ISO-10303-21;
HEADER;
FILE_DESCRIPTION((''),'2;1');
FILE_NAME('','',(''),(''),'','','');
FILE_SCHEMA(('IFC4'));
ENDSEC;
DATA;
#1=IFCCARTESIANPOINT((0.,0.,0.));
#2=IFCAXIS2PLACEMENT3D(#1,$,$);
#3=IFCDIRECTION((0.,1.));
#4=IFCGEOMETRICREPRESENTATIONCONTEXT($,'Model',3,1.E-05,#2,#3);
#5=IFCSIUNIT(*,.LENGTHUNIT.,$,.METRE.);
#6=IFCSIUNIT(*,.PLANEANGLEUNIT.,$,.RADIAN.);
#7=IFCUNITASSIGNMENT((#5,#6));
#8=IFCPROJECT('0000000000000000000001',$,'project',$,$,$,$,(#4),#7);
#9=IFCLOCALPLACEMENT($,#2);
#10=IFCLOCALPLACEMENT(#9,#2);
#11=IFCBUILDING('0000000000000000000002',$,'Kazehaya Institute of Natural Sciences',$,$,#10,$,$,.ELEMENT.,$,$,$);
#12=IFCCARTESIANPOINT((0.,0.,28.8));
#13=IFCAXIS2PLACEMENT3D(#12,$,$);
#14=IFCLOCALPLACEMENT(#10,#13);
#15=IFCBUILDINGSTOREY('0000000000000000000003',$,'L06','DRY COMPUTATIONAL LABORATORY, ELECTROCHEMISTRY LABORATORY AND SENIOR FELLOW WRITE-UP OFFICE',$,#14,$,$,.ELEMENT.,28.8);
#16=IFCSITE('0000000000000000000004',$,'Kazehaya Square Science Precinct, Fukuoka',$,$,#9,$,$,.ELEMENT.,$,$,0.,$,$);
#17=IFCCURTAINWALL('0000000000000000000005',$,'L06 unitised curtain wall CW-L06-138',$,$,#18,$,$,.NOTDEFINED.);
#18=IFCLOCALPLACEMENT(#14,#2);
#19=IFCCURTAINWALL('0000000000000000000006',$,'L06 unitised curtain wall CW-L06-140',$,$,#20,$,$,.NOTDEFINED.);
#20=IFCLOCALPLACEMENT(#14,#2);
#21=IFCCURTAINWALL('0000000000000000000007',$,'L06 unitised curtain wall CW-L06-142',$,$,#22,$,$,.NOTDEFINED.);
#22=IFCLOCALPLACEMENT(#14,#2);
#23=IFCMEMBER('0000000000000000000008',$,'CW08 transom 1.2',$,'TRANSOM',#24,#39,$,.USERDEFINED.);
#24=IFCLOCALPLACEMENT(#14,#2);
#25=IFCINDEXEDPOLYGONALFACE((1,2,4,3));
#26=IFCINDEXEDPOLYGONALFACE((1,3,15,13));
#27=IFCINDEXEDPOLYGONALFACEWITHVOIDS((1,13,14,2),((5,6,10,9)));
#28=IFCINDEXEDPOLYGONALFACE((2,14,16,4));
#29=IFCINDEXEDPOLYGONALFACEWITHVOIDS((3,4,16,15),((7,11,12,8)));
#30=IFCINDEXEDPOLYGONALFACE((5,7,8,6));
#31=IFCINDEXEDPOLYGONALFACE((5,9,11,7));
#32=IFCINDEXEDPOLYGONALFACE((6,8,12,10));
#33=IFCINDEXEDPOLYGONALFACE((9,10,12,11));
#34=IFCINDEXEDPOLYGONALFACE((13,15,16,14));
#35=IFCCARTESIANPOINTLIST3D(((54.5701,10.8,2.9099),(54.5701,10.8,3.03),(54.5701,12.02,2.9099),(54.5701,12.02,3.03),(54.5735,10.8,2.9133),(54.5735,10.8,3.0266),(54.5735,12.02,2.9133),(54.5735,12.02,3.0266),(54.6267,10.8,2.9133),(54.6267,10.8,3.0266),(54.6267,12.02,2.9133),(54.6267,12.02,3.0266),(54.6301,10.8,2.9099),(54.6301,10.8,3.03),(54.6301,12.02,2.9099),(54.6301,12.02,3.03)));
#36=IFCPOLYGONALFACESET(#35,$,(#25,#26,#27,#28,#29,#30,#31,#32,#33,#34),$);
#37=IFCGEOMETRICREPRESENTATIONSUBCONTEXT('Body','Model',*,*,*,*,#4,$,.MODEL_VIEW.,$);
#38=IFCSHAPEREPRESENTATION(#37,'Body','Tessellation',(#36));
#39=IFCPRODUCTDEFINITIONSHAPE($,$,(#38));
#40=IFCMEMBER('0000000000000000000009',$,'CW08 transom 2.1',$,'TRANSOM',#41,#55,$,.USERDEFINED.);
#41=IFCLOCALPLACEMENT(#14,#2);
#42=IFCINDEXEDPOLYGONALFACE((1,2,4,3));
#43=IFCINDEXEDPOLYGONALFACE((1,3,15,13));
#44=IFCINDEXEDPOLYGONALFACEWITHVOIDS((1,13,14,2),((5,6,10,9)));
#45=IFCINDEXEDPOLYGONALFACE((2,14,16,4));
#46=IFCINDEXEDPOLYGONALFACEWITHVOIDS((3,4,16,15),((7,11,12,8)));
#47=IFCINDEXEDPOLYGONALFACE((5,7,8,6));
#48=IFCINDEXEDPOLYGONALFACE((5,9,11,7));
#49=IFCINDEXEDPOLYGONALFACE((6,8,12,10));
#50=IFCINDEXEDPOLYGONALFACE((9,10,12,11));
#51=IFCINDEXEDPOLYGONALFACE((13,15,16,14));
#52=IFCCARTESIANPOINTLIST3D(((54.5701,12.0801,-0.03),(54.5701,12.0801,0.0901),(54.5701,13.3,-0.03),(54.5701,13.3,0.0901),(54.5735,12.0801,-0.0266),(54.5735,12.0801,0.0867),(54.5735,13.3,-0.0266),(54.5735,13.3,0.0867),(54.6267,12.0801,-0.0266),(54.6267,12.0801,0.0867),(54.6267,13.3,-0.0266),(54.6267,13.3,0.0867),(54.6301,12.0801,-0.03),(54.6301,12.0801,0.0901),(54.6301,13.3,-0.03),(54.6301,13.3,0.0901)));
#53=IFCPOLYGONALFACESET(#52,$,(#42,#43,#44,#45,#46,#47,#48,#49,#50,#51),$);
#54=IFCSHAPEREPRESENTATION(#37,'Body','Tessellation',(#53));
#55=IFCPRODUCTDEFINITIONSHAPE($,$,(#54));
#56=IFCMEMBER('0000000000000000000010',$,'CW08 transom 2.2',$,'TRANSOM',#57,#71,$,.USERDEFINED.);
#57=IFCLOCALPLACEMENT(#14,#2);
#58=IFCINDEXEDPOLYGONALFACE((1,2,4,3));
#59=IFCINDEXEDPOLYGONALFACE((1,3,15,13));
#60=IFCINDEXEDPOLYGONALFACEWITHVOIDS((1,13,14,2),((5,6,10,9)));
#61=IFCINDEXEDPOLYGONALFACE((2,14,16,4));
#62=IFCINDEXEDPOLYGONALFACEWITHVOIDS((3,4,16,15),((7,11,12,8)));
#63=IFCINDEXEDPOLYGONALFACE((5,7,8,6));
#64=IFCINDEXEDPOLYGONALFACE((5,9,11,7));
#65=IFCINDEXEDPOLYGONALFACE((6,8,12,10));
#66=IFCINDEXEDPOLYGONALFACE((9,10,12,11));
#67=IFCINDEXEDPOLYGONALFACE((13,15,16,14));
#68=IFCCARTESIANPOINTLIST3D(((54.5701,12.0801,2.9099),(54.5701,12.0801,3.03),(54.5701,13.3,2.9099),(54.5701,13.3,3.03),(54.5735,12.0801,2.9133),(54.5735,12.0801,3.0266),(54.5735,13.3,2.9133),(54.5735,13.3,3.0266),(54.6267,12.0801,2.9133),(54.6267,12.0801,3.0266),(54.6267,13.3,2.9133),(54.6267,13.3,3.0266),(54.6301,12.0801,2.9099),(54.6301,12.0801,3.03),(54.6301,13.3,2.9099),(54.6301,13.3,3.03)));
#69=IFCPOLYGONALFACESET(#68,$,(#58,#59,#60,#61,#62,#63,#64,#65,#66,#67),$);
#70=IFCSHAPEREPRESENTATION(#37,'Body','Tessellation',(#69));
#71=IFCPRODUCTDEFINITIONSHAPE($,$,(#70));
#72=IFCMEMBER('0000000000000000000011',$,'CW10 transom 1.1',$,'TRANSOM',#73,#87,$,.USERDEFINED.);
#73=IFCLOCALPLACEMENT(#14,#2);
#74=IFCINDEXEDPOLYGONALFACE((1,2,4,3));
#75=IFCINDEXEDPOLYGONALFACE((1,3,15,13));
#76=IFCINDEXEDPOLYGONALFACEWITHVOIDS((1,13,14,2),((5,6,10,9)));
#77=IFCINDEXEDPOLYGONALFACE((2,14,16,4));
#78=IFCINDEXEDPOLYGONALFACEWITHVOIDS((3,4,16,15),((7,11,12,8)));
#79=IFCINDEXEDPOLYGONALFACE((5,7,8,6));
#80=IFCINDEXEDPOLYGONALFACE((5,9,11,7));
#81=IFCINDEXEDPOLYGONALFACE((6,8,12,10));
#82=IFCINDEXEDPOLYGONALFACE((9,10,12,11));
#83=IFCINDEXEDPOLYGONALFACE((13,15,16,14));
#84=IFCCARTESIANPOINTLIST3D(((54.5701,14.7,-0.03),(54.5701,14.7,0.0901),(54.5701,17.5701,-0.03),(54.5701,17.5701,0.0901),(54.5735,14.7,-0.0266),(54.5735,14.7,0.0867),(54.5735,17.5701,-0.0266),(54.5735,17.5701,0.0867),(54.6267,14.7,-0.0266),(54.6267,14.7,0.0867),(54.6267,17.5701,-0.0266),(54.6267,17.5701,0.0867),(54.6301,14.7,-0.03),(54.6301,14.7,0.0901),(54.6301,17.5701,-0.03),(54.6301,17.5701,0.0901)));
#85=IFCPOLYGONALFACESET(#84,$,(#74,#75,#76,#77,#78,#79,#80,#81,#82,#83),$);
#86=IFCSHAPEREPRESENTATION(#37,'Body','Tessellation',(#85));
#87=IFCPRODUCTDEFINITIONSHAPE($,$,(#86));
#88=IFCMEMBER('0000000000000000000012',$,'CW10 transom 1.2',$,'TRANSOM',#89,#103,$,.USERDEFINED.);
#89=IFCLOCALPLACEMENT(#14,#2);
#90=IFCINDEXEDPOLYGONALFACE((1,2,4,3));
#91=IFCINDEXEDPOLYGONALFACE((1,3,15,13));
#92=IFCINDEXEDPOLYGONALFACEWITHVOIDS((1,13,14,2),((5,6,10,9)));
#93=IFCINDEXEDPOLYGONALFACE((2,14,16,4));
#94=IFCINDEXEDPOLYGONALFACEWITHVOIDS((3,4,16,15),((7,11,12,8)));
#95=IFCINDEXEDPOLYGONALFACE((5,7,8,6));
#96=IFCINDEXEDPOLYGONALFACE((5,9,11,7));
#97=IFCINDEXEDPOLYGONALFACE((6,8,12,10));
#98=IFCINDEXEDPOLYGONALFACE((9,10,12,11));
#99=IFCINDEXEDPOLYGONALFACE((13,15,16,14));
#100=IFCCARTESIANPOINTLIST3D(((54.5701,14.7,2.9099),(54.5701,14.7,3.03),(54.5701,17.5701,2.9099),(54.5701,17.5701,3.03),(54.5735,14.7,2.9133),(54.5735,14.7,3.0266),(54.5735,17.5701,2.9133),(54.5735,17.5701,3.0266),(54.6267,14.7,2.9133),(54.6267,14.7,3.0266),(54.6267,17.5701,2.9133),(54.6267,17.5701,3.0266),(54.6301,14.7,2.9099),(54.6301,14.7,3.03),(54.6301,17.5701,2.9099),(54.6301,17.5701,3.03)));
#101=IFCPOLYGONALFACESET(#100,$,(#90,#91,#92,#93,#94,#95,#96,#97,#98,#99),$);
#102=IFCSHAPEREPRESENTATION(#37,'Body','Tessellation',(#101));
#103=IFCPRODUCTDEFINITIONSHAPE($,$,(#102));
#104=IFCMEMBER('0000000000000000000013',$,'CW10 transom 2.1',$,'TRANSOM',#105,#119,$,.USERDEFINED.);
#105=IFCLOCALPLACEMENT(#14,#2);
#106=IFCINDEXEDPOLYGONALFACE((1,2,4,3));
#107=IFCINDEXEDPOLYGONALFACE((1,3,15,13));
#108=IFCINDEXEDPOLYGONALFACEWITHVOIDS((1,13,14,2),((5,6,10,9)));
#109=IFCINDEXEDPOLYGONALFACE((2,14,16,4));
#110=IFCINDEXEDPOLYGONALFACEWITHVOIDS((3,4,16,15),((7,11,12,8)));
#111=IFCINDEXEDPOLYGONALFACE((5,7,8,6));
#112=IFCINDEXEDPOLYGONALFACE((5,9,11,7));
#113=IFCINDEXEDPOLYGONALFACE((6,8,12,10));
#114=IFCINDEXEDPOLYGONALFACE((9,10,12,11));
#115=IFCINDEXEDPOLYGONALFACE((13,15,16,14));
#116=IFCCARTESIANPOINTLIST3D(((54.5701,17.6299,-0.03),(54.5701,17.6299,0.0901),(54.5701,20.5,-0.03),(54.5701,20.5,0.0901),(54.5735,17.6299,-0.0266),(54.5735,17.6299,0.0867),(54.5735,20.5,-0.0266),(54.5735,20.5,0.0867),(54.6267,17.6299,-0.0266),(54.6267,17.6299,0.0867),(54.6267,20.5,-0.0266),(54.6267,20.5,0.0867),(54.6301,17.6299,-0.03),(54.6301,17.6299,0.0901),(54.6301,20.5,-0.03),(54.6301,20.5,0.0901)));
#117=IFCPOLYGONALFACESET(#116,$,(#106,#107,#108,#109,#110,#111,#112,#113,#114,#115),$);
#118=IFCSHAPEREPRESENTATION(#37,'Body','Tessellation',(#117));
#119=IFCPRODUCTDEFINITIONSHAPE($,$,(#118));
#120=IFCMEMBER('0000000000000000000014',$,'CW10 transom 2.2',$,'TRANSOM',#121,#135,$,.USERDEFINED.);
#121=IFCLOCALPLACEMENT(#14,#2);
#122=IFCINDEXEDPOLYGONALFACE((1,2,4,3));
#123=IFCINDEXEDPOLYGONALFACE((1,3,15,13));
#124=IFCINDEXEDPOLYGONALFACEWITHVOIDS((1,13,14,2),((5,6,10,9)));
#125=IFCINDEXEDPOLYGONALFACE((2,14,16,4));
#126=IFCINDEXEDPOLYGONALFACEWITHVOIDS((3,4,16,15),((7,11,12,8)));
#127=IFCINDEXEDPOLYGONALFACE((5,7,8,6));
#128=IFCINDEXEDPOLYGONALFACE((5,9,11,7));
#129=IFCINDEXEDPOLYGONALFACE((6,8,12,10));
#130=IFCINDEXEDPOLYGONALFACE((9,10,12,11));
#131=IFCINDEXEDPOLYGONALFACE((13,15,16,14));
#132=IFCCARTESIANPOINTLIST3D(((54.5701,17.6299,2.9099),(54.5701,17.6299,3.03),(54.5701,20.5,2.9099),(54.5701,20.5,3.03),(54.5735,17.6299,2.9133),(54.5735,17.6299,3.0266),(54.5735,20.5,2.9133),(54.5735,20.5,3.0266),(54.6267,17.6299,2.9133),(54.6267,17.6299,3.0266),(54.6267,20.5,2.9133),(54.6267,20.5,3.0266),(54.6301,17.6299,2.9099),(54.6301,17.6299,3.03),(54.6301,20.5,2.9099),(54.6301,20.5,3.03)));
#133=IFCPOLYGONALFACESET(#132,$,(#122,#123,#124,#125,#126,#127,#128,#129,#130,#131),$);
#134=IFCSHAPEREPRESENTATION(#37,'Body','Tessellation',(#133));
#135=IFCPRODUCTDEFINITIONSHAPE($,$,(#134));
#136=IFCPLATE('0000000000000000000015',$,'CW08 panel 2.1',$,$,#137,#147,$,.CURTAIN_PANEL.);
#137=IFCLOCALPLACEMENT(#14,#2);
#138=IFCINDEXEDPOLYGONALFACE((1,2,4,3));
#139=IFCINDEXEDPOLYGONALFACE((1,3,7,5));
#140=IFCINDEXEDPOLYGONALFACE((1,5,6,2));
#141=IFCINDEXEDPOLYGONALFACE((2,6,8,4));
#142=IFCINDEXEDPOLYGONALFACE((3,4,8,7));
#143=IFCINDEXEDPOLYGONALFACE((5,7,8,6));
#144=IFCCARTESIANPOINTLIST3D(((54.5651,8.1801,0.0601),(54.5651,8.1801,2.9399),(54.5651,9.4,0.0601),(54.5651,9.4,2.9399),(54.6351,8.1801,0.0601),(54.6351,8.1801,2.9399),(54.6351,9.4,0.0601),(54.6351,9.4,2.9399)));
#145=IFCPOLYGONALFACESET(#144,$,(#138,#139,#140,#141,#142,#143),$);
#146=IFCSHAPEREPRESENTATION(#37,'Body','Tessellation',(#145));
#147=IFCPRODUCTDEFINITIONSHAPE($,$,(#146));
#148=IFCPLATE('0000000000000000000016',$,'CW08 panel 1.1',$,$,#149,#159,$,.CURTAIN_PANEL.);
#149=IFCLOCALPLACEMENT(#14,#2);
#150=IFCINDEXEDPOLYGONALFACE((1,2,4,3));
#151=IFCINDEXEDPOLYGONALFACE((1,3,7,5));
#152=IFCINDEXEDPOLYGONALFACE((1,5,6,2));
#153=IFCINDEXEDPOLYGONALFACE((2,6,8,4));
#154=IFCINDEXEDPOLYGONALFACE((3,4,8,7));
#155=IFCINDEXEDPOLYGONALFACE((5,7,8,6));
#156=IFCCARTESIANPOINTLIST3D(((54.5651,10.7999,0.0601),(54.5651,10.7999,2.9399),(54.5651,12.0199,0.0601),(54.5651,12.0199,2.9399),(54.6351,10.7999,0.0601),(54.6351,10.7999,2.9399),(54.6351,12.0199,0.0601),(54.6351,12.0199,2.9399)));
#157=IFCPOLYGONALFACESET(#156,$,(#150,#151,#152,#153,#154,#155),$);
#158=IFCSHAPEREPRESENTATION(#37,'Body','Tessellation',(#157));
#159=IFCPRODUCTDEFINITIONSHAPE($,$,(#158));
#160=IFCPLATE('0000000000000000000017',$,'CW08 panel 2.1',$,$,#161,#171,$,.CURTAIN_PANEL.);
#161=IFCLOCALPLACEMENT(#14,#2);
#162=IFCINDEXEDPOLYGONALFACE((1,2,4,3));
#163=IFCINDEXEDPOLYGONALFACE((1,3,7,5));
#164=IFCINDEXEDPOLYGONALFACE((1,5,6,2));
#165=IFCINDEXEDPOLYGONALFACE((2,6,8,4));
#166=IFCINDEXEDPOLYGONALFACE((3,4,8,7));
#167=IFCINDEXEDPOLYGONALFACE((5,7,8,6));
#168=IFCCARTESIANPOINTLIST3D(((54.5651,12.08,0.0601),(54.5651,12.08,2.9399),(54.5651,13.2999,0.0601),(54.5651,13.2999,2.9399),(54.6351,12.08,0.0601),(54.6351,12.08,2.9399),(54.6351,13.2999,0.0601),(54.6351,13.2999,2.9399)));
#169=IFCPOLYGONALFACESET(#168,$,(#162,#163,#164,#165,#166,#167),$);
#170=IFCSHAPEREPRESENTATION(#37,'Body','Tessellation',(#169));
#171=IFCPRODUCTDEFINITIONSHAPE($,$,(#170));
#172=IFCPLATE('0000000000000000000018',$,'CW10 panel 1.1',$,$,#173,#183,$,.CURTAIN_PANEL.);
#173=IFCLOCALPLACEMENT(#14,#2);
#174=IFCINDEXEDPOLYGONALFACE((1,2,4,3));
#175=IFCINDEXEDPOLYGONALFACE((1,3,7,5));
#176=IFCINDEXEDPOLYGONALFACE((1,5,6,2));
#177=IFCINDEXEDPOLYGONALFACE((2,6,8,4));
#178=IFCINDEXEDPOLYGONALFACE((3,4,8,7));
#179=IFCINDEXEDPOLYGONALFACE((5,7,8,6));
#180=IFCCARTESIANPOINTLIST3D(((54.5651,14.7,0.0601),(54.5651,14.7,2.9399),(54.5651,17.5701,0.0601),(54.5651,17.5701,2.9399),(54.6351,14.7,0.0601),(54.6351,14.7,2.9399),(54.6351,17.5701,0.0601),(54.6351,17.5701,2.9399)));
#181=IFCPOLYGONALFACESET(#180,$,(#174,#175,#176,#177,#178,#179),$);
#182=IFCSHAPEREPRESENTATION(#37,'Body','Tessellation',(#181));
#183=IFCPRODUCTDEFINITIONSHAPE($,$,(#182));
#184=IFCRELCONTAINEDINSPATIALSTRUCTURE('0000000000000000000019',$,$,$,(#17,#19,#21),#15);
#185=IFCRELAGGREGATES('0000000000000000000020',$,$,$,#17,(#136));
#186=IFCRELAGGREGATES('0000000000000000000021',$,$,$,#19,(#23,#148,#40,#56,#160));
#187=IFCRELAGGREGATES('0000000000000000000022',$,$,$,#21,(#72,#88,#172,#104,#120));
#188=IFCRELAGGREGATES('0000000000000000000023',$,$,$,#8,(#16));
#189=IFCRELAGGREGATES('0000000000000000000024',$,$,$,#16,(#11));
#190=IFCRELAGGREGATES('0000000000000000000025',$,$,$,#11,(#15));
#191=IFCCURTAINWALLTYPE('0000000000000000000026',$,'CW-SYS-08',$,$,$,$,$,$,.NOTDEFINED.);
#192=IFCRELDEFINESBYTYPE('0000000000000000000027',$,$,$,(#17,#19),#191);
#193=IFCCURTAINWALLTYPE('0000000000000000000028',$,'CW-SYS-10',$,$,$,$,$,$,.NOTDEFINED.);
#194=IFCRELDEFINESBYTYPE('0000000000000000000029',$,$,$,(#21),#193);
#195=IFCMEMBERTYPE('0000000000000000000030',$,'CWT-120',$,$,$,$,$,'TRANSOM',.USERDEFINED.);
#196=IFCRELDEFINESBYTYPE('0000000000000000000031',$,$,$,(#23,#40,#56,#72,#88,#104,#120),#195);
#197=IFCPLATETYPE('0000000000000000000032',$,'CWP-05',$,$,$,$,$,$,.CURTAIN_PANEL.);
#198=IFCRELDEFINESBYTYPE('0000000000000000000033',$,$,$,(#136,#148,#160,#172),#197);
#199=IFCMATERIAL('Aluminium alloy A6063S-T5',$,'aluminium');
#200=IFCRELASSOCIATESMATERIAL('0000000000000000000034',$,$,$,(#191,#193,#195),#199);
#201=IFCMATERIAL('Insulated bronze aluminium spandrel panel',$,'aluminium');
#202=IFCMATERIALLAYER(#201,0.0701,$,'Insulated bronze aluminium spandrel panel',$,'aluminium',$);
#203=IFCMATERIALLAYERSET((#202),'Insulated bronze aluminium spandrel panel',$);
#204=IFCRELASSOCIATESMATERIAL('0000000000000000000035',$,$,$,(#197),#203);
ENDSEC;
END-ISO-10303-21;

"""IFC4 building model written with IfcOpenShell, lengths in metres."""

from ifc_helpers import new_model, si_unit, direction, frame, origin, origin_2d, place, context, subcontext, project, spatial, rectangle, hollow_rectangle, extrude, material, layer, layer_set, material_profile, profile_set, type_object, element, aggregate, save


model = new_model("IFC4")

# Units and contexts
model_context = context("Model", 3, precision=1e-05, world=origin(), true_north=direction((0.0, 1.0)))
body_context = subcontext(model_context, "Body", "Model", "MODEL_VIEW")
ifc_project = project(units=[si_unit("LENGTHUNIT", "METRE"), si_unit("PLANEANGLEUNIT", "RADIAN")], contexts=[model_context])

# Site, building, storey
site_placement = place(None, origin())
site = spatial("IfcSite", under=ifc_project, at=site_placement, Name="Kazehaya Square Science Precinct, Fukuoka", CompositionType="ELEMENT", RefElevation=0.0)
building_placement = place(site_placement, origin())
building = spatial("IfcBuilding", under=site, at=building_placement, Name="Kazehaya Institute of Natural Sciences", CompositionType="ELEMENT")
storey_placement = place(building_placement, frame((0.0, 0.0, 28.8)))
storey = spatial("IfcBuildingStorey", under=building, at=storey_placement, Name="L06", Description="DRY COMPUTATIONAL LABORATORY, ELECTROCHEMISTRY LABORATORY AND SENIOR FELLOW WRITE-UP OFFICE", CompositionType="ELEMENT", Elevation=28.8)

# Curtain wall
ifc_material_1 = material(Name="Aluminium alloy A6063S-T5", Category="aluminium")
curtain_wall_type_1 = type_object("IfcCurtainWallType", Name="CW-SYS-08", PredefinedType="NOTDEFINED", material=ifc_material_1)
curtain_wall_1_placement = place(storey_placement, origin())
curtain_wall_1 = element("IfcCurtainWall", 1, at=curtain_wall_1_placement, inside=storey, type_object=curtain_wall_type_1, Name="L06 unitised curtain wall CW-L06-138", PredefinedType="NOTDEFINED")

# Curtain walls
curtain_wall_2_placement = place(storey_placement, origin())
curtain_wall_2 = element("IfcCurtainWall", 2, at=curtain_wall_2_placement, inside=storey, type_object=curtain_wall_type_1, Name="L06 unitised curtain wall CW-L06-140", PredefinedType="NOTDEFINED")
curtain_wall_type_2 = type_object("IfcCurtainWallType", Name="CW-SYS-10", PredefinedType="NOTDEFINED", material=ifc_material_1)
curtain_wall_3_placement = place(storey_placement, origin())
curtain_wall_3 = element("IfcCurtainWall", 3, at=curtain_wall_3_placement, inside=storey, type_object=curtain_wall_type_2, Name="L06 unitised curtain wall CW-L06-142", PredefinedType="NOTDEFINED")

# Members
ifc_material_profile_1 = material_profile(ifc_material_1, hollow_rectangle(XDim=0.0601, YDim=0.1201, WallThickness=0.0034, at=origin_2d()), Name="ALU-60x120x3.5")
ifc_profile_set_1 = profile_set([ifc_material_profile_1], Name="Aluminium alloy A6063S-T5")
member_type_1 = type_object("IfcMemberType", Name="CWT-120", ElementType="TRANSOM", PredefinedType="USERDEFINED", material=ifc_profile_set_1)
member_1_placement = place(storey_placement, frame((54.6001, 10.8, 2.97), z_axis=(0.0, 1.0, 0.0), x_axis=(-1.0, 0.0, 0.0)))
member_1 = element("IfcMember", 4, at=member_1_placement, type_object=member_type_1, Name="CW08 transom 1.2", ObjectType="TRANSOM", PredefinedType="USERDEFINED", context=body_context, shape_type="SweptSolid", body=[
    extrude(hollow_rectangle(XDim=0.0601, YDim=0.1201, WallThickness=0.0034, at=origin_2d()), origin(), (0.0, 0.0, 1.0), 1.22),
])
member_2_placement = place(storey_placement, frame((54.6001, 12.0801, 0.03), z_axis=(0.0, 1.0, 0.0), x_axis=(-1.0, 0.0, 0.0)))
member_2 = element("IfcMember", 5, at=member_2_placement, type_object=member_type_1, Name="CW08 transom 2.1", ObjectType="TRANSOM", PredefinedType="USERDEFINED", context=body_context, shape_type="SweptSolid", body=[
    extrude(hollow_rectangle(XDim=0.0601, YDim=0.1201, WallThickness=0.0034, at=origin_2d()), origin(), (0.0, 0.0, 1.0), 1.22),
])
member_3_placement = place(storey_placement, frame((54.6001, 12.0801, 2.97), z_axis=(0.0, 1.0, 0.0), x_axis=(-1.0, 0.0, 0.0)))
member_3 = element("IfcMember", 6, at=member_3_placement, type_object=member_type_1, Name="CW08 transom 2.2", ObjectType="TRANSOM", PredefinedType="USERDEFINED", context=body_context, shape_type="SweptSolid", body=[
    extrude(hollow_rectangle(XDim=0.0601, YDim=0.1201, WallThickness=0.0034, at=origin_2d()), origin(), (0.0, 0.0, 1.0), 1.22),
])
member_4_placement = place(storey_placement, frame((54.6001, 14.7, 0.03), z_axis=(0.0, 1.0, 0.0), x_axis=(-1.0, 0.0, 0.0)))
member_4 = element("IfcMember", 7, at=member_4_placement, type_object=member_type_1, Name="CW10 transom 1.1", ObjectType="TRANSOM", PredefinedType="USERDEFINED", context=body_context, shape_type="SweptSolid", body=[
    extrude(hollow_rectangle(XDim=0.0601, YDim=0.1201, WallThickness=0.0034, at=origin_2d()), origin(), (0.0, 0.0, 1.0), 2.8701),
])
member_5_placement = place(storey_placement, frame((54.6001, 14.7, 2.97), z_axis=(0.0, 1.0, 0.0), x_axis=(-1.0, 0.0, 0.0)))
member_5 = element("IfcMember", 8, at=member_5_placement, type_object=member_type_1, Name="CW10 transom 1.2", ObjectType="TRANSOM", PredefinedType="USERDEFINED", context=body_context, shape_type="SweptSolid", body=[
    extrude(hollow_rectangle(XDim=0.0601, YDim=0.1201, WallThickness=0.0034, at=origin_2d()), origin(), (0.0, 0.0, 1.0), 2.8701),
])
member_6_placement = place(storey_placement, frame((54.6001, 17.6299, 0.03), z_axis=(0.0, 1.0, 0.0), x_axis=(-1.0, 0.0, 0.0)))
member_6 = element("IfcMember", 9, at=member_6_placement, type_object=member_type_1, Name="CW10 transom 2.1", ObjectType="TRANSOM", PredefinedType="USERDEFINED", context=body_context, shape_type="SweptSolid", body=[
    extrude(hollow_rectangle(XDim=0.0601, YDim=0.1201, WallThickness=0.0034, at=origin_2d()), origin(), (0.0, 0.0, 1.0), 2.8701),
])
member_7_placement = place(storey_placement, frame((54.6001, 17.6299, 2.97), z_axis=(0.0, 1.0, 0.0), x_axis=(-1.0, 0.0, 0.0)))
member_7 = element("IfcMember", 10, at=member_7_placement, type_object=member_type_1, Name="CW10 transom 2.2", ObjectType="TRANSOM", PredefinedType="USERDEFINED", context=body_context, shape_type="SweptSolid", body=[
    extrude(hollow_rectangle(XDim=0.0601, YDim=0.1201, WallThickness=0.0034, at=origin_2d()), origin(), (0.0, 0.0, 1.0), 2.8701),
])

# Plates
ifc_material_2 = material(Name="Insulated bronze aluminium spandrel panel", Category="aluminium")
ifc_layer = layer(ifc_material_2, 0.0701, Name="Insulated bronze aluminium spandrel panel", Category="aluminium")
ifc_layer_set = layer_set([ifc_layer], Name="Insulated bronze aluminium spandrel panel")
plate_type = type_object("IfcPlateType", Name="CWP-05", PredefinedType="CURTAIN_PANEL", material=ifc_layer_set)
plate_1_placement = place(storey_placement, frame((54.6001, 8.79, 0.0601), z_axis=(0.0, 0.0, 1.0), x_axis=(0.0, 1.0, 0.0)))
plate_1 = element("IfcPlate", 11, at=plate_1_placement, type_object=plate_type, Name="CW08 panel 2.1", PredefinedType="CURTAIN_PANEL", context=body_context, shape_type="SweptSolid", body=[
    extrude(rectangle(XDim=1.22, YDim=0.0701, at=origin_2d()), origin(), (0.0, 0.0, 1.0), 2.8799),
])
aggregate(curtain_wall_1, [plate_1])
plate_2_placement = place(storey_placement, frame((54.6001, 11.4099, 0.0601), z_axis=(0.0, 0.0, 1.0), x_axis=(0.0, 1.0, 0.0)))
plate_2 = element("IfcPlate", 12, at=plate_2_placement, type_object=plate_type, Name="CW08 panel 1.1", PredefinedType="CURTAIN_PANEL", context=body_context, shape_type="SweptSolid", body=[
    extrude(rectangle(XDim=1.22, YDim=0.0701, at=origin_2d()), origin(), (0.0, 0.0, 1.0), 2.8799),
])
plate_3_placement = place(storey_placement, frame((54.6001, 12.6899, 0.0601), z_axis=(0.0, 0.0, 1.0), x_axis=(0.0, 1.0, 0.0)))
plate_3 = element("IfcPlate", 13, at=plate_3_placement, type_object=plate_type, Name="CW08 panel 2.1", PredefinedType="CURTAIN_PANEL", context=body_context, shape_type="SweptSolid", body=[
    extrude(rectangle(XDim=1.22, YDim=0.0701, at=origin_2d()), origin(), (0.0, 0.0, 1.0), 2.8799),
])
aggregate(curtain_wall_2, [member_1, plate_2, member_2, member_3, plate_3])
plate_4_placement = place(storey_placement, frame((54.6001, 16.135, 0.0601), z_axis=(0.0, 0.0, 1.0), x_axis=(0.0, 1.0, 0.0)))
plate_4 = element("IfcPlate", 14, at=plate_4_placement, type_object=plate_type, Name="CW10 panel 1.1", PredefinedType="CURTAIN_PANEL", context=body_context, shape_type="SweptSolid", body=[
    extrude(rectangle(XDim=2.8701, YDim=0.0701, at=origin_2d()), origin(), (0.0, 0.0, 1.0), 2.8799),
])
aggregate(curtain_wall_3, [member_4, member_5, plate_4, member_6, member_7])

save(model, "model.ifc")
